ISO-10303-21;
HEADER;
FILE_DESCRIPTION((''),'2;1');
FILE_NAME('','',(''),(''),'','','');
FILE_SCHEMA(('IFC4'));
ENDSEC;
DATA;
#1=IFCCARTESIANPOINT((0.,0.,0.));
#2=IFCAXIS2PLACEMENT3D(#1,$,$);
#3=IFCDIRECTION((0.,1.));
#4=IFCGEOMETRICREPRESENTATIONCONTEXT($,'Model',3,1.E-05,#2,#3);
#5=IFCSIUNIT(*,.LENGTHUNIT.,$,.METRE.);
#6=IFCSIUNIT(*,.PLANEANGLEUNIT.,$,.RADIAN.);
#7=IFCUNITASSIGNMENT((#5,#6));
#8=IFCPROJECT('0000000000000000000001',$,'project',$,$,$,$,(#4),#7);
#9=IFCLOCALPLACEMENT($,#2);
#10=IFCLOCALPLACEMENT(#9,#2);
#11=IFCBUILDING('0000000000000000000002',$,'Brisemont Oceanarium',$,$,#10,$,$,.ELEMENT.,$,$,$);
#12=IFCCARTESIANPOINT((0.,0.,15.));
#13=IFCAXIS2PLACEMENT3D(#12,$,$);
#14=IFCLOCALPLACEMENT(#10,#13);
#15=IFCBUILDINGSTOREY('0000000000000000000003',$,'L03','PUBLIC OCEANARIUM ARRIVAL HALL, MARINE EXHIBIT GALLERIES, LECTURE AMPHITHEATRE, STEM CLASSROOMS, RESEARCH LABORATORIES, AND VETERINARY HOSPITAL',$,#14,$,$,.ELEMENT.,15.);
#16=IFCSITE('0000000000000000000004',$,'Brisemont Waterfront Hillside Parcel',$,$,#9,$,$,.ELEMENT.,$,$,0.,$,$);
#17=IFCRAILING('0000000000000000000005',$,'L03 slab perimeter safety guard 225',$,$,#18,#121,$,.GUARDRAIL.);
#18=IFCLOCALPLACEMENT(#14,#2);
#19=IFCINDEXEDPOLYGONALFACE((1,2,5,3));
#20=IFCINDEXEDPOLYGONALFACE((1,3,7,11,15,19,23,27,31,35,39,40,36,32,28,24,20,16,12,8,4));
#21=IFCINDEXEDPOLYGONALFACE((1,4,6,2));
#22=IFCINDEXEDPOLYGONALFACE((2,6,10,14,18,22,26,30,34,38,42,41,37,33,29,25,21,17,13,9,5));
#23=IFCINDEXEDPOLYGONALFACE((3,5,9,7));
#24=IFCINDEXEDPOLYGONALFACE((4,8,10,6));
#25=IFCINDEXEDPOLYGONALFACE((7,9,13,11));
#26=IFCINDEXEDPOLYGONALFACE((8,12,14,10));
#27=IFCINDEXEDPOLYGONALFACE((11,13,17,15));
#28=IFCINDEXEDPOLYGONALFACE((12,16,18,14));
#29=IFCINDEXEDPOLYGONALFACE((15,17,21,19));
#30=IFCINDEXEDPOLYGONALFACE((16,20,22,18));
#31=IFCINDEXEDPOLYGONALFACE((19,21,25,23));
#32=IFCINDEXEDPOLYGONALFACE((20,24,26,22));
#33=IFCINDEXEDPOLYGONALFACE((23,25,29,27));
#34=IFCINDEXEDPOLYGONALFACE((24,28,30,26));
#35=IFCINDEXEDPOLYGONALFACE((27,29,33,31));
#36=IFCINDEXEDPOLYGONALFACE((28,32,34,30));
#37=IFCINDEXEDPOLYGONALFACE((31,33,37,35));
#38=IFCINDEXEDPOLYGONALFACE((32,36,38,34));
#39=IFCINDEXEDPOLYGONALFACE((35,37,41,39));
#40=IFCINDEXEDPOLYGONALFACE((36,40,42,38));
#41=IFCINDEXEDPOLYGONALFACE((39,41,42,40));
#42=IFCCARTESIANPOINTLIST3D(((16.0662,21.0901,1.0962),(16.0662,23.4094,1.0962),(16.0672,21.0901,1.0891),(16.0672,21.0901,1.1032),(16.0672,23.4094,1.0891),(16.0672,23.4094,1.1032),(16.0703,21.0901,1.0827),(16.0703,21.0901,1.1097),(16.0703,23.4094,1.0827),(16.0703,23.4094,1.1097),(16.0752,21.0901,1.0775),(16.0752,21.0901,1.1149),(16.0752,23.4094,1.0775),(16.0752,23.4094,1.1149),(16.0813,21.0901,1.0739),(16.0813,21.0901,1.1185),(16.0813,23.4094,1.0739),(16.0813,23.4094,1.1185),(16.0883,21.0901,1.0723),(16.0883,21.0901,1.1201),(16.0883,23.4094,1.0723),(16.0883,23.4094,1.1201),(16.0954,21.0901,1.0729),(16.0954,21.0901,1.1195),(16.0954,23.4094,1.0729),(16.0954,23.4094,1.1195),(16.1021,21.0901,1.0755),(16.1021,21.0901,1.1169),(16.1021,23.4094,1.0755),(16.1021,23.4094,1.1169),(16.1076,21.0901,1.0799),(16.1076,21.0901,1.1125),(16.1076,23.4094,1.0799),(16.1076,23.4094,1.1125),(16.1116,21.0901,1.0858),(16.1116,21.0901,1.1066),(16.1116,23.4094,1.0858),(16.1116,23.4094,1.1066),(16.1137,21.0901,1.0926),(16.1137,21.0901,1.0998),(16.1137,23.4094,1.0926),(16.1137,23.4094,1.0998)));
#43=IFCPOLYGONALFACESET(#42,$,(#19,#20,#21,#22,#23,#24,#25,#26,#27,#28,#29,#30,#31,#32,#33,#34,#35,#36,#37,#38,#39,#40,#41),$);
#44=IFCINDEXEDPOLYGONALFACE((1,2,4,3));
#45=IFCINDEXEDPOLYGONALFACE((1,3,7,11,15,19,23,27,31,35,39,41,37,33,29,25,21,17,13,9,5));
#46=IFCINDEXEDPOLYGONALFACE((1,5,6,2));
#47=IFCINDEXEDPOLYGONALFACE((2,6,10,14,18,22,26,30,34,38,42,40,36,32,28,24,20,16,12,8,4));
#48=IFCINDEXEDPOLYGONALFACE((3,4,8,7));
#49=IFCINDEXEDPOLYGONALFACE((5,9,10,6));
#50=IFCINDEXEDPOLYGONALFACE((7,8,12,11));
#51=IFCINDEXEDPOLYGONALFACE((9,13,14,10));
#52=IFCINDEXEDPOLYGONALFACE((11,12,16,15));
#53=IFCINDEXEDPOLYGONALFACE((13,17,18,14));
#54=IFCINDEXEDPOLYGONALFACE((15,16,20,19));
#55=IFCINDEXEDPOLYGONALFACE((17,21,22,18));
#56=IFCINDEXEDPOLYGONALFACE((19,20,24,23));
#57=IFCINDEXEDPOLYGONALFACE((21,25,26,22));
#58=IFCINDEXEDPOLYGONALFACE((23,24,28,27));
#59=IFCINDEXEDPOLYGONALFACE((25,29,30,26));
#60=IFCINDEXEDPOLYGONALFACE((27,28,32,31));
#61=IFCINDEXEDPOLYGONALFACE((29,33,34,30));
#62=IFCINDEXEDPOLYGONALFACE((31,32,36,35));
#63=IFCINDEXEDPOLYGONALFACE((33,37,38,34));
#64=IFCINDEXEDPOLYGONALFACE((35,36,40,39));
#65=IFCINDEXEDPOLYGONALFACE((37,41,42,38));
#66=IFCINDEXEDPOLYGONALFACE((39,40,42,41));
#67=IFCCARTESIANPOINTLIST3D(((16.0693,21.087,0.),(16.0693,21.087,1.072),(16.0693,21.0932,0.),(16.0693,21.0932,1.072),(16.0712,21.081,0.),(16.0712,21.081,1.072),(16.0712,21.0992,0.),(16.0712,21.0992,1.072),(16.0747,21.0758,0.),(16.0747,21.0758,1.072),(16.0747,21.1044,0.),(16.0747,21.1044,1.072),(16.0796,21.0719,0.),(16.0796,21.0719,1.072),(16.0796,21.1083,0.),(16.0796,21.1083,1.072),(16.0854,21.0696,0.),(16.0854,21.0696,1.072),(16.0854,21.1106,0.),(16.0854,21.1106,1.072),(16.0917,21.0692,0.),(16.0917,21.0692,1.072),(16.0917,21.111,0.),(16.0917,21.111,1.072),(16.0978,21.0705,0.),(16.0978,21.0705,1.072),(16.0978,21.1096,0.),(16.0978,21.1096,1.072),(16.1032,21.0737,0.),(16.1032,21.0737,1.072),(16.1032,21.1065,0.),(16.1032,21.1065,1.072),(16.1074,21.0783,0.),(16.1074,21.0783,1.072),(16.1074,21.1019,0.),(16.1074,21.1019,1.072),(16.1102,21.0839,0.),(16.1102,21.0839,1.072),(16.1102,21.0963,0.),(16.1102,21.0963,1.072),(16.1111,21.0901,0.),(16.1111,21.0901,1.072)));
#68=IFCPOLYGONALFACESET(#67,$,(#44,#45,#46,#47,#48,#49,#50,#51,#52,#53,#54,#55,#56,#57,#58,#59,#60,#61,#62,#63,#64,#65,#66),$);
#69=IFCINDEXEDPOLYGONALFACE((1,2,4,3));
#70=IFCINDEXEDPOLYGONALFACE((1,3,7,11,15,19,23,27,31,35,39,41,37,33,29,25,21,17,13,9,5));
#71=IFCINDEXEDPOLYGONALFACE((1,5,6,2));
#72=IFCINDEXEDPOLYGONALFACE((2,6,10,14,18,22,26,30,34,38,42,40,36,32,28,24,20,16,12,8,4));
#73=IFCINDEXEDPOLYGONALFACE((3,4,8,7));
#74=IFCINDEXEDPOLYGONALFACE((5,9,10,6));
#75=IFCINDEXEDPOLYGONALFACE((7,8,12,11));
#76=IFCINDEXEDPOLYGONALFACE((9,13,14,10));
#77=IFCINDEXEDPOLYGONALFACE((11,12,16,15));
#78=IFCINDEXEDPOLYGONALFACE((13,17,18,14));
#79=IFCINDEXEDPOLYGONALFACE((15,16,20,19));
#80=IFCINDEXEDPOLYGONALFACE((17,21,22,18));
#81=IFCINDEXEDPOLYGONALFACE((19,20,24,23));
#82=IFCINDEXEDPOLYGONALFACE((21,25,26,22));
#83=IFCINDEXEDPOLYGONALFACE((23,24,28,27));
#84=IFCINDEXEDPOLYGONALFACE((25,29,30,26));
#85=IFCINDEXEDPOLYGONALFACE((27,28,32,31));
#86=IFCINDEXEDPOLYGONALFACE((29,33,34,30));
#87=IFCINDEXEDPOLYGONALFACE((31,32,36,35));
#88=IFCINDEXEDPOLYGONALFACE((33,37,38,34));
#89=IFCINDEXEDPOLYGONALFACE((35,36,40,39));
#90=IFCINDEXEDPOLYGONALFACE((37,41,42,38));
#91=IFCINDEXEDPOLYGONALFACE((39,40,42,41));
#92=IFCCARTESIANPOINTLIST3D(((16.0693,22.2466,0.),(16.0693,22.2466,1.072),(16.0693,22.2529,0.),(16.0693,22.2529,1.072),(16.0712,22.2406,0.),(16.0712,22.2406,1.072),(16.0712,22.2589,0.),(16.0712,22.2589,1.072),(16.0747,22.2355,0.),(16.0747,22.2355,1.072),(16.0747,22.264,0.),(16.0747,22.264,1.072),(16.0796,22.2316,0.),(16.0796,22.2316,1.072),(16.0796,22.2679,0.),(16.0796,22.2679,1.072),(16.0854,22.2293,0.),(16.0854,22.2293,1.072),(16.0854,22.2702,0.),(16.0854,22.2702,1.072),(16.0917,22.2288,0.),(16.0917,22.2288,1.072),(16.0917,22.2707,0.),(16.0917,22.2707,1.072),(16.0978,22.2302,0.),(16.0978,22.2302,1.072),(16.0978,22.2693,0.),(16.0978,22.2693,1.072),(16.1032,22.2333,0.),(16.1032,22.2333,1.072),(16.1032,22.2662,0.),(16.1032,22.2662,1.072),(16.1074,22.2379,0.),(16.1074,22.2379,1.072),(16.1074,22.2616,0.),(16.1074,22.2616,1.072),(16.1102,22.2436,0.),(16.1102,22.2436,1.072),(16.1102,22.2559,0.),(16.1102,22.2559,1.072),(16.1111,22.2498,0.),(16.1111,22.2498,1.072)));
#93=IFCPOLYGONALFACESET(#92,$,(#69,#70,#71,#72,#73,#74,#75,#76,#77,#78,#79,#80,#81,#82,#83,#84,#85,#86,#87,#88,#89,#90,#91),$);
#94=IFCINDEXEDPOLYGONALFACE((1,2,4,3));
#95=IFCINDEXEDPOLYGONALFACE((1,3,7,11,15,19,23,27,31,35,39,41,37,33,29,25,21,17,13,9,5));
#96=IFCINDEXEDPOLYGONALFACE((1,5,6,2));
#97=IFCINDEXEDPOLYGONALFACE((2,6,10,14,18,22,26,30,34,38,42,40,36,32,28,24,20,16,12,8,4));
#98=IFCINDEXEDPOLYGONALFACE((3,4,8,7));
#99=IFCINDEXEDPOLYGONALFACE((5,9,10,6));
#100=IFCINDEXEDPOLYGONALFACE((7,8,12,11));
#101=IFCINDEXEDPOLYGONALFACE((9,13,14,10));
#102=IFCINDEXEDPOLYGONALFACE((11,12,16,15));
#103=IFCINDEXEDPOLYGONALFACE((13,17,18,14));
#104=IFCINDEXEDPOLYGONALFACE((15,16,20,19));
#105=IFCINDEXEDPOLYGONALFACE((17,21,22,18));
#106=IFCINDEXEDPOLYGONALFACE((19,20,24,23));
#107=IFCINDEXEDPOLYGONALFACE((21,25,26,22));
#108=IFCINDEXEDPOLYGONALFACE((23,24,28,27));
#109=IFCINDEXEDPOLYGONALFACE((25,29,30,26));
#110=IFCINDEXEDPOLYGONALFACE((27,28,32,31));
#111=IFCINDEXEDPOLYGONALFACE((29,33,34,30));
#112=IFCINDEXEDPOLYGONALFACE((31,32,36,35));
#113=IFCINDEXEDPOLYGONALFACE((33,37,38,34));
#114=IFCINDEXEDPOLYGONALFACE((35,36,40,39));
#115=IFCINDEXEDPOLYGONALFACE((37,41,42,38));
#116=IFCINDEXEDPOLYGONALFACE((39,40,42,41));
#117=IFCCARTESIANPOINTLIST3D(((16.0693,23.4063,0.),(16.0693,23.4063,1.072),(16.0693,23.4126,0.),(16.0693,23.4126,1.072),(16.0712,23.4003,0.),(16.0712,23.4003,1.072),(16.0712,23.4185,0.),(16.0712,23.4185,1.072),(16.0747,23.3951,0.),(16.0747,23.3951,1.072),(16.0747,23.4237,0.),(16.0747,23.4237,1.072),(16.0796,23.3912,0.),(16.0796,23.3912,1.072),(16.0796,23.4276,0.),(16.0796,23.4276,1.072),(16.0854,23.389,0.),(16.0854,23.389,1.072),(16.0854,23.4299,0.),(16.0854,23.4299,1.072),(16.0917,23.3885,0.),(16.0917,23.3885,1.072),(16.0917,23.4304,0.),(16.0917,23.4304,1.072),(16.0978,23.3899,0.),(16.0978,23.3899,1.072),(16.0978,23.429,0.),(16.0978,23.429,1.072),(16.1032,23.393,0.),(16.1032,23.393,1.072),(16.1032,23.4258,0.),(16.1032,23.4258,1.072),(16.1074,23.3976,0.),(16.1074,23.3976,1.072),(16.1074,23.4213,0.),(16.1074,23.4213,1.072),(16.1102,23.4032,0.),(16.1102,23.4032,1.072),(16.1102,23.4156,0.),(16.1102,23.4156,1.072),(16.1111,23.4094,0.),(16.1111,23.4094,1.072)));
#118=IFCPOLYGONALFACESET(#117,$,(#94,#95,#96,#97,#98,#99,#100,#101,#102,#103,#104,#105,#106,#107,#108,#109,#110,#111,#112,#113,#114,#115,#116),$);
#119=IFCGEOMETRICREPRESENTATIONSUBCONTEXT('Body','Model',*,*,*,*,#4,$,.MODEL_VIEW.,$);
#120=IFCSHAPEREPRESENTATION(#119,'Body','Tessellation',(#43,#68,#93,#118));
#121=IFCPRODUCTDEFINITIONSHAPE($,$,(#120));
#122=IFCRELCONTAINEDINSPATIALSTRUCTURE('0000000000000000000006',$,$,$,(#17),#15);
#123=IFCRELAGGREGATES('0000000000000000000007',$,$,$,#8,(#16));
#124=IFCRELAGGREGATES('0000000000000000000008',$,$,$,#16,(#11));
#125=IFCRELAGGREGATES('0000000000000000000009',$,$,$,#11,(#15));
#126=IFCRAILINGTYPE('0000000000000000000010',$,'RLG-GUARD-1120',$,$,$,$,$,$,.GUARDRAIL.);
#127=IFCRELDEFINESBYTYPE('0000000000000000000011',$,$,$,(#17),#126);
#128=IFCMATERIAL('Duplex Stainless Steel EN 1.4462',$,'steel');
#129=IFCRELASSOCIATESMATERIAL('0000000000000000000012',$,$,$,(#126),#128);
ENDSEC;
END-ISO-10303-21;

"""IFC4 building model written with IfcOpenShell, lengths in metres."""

from ifc_helpers import new_model, si_unit, direction, frame, origin, origin_2d, place, context, subcontext, project, spatial, circle, extrude, material, type_object, element, save


model = new_model("IFC4")

# Units and contexts
model_context = context("Model", 3, precision=1e-05, world=origin(), true_north=direction((0.0, 1.0)))
body_context = subcontext(model_context, "Body", "Model", "MODEL_VIEW")
ifc_project = project(units=[si_unit("LENGTHUNIT", "METRE"), si_unit("PLANEANGLEUNIT", "RADIAN")], contexts=[model_context])

# Site, building, storey
site_placement = place(None, origin())
site = spatial("IfcSite", under=ifc_project, at=site_placement, Name="Brisemont Waterfront Hillside Parcel", CompositionType="ELEMENT", RefElevation=0.0)
building_placement = place(site_placement, origin())
building = spatial("IfcBuilding", under=site, at=building_placement, Name="Brisemont Oceanarium", CompositionType="ELEMENT")
storey_placement = place(building_placement, frame((0.0, 0.0, 15.0)))
storey = spatial("IfcBuildingStorey", under=building, at=storey_placement, Name="L03", Description="PUBLIC OCEANARIUM ARRIVAL HALL, MARINE EXHIBIT GALLERIES, LECTURE AMPHITHEATRE, STEM CLASSROOMS, RESEARCH LABORATORIES, AND VETERINARY HOSPITAL", CompositionType="ELEMENT", Elevation=15.0)

# Railing
ifc_material_1 = material(Name="Duplex Stainless Steel EN 1.4462", Category="steel")
railing_type = type_object("IfcRailingType", Name="RLG-GUARD-1120", PredefinedType="GUARDRAIL", material=ifc_material_1)
railing_1_placement = place(storey_placement, frame((16.0901, 21.0901, 0.0)))
element("IfcRailing", 1, at=railing_1_placement, inside=storey, type_object=railing_type, Name="L03 slab perimeter safety guard 225", PredefinedType="GUARDRAIL", context=body_context, shape_type="SweptSolid", body=[
    extrude(circle(Radius=0.0239, at=origin_2d()), frame((0.0, 0.0, 1.0962), z_axis=(0.0, 1.0, 0.0), x_axis=(-1.0, 0.0, 0.0)), (0.0, 0.0, 1.0), 2.3193),
    extrude(circle(Radius=0.021, at=origin_2d()), origin(), (0.0, 0.0, 1.0), 1.072),
    extrude(circle(Radius=0.021, at=origin_2d()), frame((0.0, 1.1597, 0.0)), (0.0, 0.0, 1.0), 1.072),
    extrude(circle(Radius=0.021, at=origin_2d()), frame((0.0, 2.3193, 0.0)), (0.0, 0.0, 1.0), 1.072),
])

save(model, "model.ifc")
